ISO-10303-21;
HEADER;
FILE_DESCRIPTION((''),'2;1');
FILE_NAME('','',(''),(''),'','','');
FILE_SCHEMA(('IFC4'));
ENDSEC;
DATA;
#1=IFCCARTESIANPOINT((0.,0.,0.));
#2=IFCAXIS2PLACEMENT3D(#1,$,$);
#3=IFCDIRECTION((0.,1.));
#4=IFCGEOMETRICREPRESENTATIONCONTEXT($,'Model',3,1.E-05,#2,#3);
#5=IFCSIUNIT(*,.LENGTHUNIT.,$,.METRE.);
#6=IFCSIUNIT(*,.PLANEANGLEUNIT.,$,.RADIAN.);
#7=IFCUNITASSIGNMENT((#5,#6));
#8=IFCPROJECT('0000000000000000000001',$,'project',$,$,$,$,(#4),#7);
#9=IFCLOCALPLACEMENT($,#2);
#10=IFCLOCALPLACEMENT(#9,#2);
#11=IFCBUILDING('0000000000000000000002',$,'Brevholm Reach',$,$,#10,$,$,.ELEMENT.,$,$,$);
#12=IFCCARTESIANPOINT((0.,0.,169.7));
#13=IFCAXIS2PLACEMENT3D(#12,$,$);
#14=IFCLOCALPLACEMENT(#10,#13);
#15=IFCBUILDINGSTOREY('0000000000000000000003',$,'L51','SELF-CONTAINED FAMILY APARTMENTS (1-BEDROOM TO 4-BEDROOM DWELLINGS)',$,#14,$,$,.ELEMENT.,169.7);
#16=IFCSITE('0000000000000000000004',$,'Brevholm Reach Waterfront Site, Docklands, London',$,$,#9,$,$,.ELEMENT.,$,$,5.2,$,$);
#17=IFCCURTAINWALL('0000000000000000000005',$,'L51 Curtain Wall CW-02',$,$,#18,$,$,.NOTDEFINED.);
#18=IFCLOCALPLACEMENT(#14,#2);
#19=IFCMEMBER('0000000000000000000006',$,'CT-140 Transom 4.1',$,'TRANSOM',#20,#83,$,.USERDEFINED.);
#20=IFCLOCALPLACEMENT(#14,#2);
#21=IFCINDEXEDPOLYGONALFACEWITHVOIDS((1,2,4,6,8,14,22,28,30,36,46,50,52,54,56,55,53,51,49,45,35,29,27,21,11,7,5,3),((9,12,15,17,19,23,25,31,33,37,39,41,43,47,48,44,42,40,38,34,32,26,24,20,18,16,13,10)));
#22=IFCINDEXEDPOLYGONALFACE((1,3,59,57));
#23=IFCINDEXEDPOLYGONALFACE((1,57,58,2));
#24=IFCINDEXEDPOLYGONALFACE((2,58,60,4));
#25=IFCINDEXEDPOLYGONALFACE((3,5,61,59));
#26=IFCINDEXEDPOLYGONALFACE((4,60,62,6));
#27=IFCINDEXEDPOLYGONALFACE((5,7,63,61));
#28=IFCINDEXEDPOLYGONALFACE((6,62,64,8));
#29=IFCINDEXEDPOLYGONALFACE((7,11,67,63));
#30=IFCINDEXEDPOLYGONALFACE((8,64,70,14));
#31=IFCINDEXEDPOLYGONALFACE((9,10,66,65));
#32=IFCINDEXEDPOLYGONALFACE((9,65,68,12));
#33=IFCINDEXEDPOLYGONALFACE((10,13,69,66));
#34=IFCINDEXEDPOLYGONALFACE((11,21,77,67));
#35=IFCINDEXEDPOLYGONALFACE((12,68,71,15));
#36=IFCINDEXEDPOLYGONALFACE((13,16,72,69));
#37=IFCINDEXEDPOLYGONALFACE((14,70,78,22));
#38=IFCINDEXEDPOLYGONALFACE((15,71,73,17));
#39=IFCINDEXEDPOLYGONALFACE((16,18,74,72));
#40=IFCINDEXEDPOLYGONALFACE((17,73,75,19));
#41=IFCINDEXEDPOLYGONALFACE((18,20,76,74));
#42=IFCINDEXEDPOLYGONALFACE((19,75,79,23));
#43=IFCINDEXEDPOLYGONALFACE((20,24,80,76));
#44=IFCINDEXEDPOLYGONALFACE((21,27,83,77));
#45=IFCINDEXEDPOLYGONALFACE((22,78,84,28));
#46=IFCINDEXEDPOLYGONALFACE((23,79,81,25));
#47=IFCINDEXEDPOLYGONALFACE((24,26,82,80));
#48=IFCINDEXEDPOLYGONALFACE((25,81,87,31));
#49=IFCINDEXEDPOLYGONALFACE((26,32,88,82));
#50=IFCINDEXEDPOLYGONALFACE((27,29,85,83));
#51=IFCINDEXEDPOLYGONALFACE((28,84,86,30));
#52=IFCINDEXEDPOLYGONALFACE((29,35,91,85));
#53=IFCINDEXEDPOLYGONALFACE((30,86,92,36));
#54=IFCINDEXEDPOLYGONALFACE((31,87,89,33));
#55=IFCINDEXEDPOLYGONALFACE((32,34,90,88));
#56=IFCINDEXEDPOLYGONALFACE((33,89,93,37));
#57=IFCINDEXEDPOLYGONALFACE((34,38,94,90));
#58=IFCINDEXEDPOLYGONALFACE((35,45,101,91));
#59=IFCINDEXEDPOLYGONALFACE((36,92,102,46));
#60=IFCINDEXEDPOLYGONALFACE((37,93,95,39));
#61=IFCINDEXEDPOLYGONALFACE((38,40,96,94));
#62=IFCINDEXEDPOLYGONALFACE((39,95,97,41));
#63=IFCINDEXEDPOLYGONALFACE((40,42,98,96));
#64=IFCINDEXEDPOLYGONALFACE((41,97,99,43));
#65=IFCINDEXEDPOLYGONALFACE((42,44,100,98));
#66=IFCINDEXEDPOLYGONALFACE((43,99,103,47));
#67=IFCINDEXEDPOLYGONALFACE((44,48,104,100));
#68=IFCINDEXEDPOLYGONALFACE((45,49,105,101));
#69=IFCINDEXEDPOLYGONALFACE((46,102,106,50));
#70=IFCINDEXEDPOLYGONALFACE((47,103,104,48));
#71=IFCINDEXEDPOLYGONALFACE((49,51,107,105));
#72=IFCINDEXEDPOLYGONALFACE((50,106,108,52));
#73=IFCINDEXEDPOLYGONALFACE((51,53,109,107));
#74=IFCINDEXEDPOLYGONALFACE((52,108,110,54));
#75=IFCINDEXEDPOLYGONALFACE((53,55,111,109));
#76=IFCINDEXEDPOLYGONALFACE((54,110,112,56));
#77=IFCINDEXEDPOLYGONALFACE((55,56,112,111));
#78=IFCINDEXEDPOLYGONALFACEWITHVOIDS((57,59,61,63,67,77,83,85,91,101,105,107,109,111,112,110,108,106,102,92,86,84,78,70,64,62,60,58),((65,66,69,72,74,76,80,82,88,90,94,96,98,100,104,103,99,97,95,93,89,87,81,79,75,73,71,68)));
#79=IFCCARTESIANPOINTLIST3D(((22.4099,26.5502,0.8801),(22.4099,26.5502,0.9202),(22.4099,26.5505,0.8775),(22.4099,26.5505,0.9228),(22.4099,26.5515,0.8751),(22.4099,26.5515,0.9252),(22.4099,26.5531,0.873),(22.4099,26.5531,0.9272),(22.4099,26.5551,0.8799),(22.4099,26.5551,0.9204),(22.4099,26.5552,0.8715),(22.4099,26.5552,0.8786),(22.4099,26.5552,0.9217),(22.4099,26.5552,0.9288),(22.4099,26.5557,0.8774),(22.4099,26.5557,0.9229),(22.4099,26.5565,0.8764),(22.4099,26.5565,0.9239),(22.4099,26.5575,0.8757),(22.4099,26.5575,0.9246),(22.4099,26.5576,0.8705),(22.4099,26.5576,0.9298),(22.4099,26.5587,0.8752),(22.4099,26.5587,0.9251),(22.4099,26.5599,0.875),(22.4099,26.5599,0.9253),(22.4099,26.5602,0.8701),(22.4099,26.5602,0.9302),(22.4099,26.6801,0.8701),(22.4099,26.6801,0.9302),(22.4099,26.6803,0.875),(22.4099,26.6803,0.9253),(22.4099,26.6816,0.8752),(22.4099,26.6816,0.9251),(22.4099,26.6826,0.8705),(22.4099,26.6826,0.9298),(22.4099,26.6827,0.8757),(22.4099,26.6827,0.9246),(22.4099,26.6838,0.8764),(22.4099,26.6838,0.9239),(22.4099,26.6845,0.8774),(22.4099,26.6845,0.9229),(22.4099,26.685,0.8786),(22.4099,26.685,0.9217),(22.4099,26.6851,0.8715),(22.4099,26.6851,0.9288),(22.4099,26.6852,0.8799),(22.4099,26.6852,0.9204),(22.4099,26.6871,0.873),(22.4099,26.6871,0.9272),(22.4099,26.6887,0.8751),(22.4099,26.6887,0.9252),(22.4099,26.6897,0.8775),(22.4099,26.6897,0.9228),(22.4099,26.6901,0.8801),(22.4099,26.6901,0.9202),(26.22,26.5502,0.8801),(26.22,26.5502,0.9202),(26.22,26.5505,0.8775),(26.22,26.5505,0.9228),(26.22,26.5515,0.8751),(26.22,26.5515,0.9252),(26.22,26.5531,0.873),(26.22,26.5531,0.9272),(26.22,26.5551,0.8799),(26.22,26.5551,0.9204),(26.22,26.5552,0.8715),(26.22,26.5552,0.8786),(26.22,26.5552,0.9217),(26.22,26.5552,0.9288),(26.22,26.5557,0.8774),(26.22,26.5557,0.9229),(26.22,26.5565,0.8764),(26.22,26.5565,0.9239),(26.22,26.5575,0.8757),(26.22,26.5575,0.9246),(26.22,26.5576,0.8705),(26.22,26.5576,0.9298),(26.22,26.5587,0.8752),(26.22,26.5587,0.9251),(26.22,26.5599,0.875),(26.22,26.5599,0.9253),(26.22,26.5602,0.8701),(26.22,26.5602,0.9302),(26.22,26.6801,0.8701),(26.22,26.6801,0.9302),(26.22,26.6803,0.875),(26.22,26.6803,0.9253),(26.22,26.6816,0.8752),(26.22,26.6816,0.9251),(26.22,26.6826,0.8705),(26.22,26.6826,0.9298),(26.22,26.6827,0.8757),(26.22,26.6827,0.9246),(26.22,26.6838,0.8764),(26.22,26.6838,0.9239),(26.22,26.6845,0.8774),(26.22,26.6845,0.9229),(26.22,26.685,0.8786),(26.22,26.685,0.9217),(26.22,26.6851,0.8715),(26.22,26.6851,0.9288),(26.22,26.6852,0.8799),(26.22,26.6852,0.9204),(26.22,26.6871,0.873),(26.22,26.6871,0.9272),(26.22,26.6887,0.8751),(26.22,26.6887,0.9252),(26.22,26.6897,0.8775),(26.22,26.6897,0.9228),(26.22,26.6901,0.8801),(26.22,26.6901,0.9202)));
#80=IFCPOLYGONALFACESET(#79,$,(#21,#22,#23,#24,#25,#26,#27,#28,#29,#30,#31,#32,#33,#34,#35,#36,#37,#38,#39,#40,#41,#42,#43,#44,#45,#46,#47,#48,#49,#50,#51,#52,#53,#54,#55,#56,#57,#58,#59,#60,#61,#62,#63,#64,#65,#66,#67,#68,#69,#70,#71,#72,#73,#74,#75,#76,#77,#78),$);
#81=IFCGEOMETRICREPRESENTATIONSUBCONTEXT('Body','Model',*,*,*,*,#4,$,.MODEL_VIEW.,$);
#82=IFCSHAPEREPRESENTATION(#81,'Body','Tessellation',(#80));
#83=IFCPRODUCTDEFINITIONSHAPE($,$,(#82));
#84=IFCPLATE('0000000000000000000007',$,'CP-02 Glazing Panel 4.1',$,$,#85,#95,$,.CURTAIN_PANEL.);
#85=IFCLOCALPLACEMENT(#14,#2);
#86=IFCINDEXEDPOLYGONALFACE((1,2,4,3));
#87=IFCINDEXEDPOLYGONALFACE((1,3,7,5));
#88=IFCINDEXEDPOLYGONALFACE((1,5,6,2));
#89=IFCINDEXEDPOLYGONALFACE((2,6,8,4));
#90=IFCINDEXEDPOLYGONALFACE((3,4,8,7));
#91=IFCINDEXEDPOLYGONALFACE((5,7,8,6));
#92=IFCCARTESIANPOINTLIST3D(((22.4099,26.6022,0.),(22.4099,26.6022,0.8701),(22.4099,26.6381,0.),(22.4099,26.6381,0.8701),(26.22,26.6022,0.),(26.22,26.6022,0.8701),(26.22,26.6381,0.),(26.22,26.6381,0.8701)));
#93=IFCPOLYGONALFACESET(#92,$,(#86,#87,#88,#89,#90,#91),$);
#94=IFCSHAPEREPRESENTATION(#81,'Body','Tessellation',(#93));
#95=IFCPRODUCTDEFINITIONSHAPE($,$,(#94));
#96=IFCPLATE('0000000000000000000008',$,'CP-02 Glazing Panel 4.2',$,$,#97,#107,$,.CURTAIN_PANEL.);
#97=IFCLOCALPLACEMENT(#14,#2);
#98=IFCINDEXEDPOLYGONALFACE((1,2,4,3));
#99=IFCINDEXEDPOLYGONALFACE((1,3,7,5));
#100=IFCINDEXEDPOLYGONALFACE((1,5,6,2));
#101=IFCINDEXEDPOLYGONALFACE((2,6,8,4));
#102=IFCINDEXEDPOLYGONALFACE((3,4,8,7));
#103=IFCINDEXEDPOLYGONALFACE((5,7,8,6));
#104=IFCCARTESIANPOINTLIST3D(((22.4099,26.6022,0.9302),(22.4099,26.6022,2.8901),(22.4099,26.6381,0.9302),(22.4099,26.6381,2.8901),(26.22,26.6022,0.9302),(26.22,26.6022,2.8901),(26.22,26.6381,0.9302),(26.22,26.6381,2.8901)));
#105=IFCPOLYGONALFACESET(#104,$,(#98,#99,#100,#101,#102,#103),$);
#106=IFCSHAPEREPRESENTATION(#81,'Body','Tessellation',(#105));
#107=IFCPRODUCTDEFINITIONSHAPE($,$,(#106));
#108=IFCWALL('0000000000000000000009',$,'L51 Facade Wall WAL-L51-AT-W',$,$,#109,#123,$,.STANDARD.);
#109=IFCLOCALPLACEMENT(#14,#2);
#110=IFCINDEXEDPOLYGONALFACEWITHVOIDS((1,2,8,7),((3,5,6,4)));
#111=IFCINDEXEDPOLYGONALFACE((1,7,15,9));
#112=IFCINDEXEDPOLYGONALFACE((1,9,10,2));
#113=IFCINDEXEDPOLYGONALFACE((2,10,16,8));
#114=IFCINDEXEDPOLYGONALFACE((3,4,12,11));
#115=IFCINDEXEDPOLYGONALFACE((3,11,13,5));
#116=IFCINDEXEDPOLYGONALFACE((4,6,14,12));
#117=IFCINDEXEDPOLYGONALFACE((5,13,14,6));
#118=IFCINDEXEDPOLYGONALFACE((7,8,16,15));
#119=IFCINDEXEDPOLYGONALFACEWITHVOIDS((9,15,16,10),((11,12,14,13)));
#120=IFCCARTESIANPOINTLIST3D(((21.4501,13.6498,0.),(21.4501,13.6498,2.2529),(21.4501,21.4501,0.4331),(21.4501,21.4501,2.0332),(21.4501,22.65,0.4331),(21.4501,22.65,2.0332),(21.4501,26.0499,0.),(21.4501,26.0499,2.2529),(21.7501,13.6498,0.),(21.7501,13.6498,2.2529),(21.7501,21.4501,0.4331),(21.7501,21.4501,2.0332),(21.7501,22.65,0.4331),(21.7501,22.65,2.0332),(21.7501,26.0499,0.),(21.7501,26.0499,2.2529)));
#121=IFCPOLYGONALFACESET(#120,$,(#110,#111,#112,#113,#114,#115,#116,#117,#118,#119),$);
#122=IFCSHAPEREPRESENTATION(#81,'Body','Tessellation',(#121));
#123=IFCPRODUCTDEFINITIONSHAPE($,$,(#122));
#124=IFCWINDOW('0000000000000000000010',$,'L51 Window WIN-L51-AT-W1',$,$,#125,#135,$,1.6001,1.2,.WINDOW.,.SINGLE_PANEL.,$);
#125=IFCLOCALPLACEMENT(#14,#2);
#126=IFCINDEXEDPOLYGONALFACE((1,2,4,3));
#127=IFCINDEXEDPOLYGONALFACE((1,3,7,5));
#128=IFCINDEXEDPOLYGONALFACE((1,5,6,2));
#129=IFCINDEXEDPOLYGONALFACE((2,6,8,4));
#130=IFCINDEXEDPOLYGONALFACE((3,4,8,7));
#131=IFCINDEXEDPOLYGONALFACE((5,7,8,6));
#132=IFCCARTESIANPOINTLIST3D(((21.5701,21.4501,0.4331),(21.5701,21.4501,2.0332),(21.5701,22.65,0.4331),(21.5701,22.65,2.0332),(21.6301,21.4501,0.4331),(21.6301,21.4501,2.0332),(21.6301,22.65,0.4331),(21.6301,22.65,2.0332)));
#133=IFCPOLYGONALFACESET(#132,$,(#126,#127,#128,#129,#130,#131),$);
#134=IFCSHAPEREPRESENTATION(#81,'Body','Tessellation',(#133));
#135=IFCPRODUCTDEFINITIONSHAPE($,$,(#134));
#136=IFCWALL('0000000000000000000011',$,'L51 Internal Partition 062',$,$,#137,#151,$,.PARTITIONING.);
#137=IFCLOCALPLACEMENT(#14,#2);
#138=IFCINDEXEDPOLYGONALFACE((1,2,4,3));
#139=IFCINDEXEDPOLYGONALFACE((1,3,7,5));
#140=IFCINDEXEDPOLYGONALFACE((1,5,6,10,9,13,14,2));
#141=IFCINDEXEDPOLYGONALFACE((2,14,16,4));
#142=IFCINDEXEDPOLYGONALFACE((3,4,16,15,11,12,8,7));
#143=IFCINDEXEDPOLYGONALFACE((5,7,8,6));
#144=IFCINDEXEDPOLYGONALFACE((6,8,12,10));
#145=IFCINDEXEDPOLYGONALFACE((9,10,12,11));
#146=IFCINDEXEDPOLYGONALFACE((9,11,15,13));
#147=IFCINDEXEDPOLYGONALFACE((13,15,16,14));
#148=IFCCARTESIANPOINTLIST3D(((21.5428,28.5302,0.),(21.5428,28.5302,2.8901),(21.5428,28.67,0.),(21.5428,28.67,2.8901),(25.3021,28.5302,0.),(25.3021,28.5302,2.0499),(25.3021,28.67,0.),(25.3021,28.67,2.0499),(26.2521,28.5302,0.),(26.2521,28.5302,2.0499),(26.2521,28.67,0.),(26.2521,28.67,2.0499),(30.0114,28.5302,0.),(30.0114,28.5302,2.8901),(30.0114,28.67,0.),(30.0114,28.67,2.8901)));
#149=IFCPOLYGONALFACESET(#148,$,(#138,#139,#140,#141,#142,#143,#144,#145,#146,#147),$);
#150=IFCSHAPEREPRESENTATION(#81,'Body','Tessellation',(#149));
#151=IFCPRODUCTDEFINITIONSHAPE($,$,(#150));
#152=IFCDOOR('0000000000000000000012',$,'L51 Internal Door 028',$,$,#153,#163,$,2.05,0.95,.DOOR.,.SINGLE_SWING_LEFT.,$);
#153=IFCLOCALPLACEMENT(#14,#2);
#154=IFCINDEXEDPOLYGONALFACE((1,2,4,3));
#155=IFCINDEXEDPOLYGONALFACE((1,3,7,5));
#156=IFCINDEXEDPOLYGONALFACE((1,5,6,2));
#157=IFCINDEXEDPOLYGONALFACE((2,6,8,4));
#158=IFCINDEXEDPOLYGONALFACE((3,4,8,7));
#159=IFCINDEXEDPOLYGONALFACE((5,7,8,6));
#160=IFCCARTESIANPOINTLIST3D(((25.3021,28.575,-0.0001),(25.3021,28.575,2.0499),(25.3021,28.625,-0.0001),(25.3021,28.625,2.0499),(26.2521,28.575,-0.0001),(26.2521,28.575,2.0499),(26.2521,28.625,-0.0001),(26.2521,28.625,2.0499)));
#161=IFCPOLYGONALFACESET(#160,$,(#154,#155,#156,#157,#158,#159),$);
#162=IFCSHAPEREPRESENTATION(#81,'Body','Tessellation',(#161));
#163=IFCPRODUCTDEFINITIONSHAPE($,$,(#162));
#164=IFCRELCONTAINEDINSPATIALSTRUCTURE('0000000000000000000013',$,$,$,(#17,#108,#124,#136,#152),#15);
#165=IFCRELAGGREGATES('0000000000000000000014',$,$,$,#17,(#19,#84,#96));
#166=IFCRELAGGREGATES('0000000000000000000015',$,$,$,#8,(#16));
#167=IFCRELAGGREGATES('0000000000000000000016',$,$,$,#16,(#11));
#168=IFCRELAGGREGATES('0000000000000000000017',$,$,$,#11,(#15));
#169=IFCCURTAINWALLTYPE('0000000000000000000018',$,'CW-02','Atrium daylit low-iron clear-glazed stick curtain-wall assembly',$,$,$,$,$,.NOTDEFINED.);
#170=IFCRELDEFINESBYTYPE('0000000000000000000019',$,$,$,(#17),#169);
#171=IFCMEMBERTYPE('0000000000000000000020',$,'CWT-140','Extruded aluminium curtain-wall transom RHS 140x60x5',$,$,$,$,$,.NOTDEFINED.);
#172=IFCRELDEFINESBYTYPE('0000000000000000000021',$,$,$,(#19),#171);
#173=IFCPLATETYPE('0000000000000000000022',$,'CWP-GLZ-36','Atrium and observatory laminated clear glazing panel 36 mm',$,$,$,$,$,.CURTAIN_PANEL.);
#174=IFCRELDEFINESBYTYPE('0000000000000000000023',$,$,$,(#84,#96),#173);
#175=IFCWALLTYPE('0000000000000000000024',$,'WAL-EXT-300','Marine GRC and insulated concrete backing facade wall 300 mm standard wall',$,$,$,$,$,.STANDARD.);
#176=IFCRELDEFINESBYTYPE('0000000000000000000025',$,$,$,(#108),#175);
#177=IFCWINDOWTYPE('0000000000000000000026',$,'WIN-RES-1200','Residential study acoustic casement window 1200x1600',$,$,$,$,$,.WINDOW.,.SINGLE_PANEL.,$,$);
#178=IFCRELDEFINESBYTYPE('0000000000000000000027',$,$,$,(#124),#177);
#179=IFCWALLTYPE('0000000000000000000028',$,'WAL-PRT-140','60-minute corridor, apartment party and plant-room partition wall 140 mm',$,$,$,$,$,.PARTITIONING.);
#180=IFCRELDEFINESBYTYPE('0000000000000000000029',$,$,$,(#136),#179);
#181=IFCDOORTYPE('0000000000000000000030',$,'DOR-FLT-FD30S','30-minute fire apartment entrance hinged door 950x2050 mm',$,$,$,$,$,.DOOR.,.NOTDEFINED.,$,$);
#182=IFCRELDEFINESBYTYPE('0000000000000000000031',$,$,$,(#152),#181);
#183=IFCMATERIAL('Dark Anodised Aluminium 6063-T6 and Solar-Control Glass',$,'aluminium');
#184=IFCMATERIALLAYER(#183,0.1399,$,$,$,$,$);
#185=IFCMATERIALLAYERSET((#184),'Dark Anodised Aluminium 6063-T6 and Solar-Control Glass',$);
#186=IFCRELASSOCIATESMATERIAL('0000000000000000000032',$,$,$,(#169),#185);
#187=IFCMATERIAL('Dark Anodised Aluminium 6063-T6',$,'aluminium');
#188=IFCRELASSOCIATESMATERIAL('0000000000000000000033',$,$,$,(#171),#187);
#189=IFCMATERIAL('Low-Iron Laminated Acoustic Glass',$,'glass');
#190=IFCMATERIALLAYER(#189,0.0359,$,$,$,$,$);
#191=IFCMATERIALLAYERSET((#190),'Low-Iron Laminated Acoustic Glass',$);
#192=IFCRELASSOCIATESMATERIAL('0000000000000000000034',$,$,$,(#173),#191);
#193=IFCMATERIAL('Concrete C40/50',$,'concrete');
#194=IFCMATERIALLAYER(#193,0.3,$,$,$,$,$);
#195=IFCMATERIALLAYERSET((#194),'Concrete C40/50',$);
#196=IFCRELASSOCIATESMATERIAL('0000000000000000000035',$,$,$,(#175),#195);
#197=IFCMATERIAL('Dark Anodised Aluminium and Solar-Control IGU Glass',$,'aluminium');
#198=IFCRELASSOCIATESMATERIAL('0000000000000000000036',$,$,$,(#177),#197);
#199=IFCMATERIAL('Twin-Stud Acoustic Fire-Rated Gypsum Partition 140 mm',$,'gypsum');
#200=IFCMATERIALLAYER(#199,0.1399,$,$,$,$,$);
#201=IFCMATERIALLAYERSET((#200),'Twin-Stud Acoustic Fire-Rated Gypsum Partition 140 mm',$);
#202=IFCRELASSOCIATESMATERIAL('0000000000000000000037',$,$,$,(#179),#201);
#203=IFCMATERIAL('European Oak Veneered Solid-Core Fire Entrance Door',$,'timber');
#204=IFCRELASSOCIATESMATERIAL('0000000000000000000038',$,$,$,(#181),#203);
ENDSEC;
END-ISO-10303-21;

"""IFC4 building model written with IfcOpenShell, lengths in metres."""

from ifc_helpers import new_model, si_unit, direction, frame, frame_2d, origin, origin_2d, place, context, subcontext, project, spatial, rectangle, hollow_rectangle, extrude, material, layer, layer_set, material_profile, profile_set, type_object, element, fill, aggregate, save


model = new_model("IFC4")

# Units and contexts
model_context = context("Model", 3, precision=1e-05, world=origin(), true_north=direction((0.0, 1.0)))
body_context = subcontext(model_context, "Body", "Model", "MODEL_VIEW")
ifc_project = project(units=[si_unit("LENGTHUNIT", "METRE"), si_unit("PLANEANGLEUNIT", "RADIAN")], contexts=[model_context])

# Site, building, storey
site_placement = place(None, origin())
site = spatial("IfcSite", under=ifc_project, at=site_placement, Name="Brevholm Reach Waterfront Site, Docklands, London", CompositionType="ELEMENT", RefElevation=5.2)
building_placement = place(site_placement, origin())
building = spatial("IfcBuilding", under=site, at=building_placement, Name="Brevholm Reach", CompositionType="ELEMENT")
storey_placement = place(building_placement, frame((0.0, 0.0, 169.7)))
storey = spatial("IfcBuildingStorey", under=building, at=storey_placement, Name="L51", Description="SELF-CONTAINED FAMILY APARTMENTS (1-BEDROOM TO 4-BEDROOM DWELLINGS)", CompositionType="ELEMENT", Elevation=169.7)

# Curtain wall, member, plates
ifc_material_1 = material(Name="Dark Anodised Aluminium 6063-T6 and Solar-Control Glass", Category="aluminium")
ifc_layer_1 = layer(ifc_material_1, 0.1399)
ifc_layer_set_1 = layer_set([ifc_layer_1], Name="Dark Anodised Aluminium 6063-T6 and Solar-Control Glass")
curtain_wall_type = type_object("IfcCurtainWallType", Name="CW-02", Description="Atrium daylit low-iron clear-glazed stick curtain-wall assembly", PredefinedType="NOTDEFINED", material=ifc_layer_set_1)
curtain_wall_placement = place(storey_placement, origin())
curtain_wall = element("IfcCurtainWall", 1, at=curtain_wall_placement, inside=storey, type_object=curtain_wall_type, Name="L51 Curtain Wall CW-02", PredefinedType="NOTDEFINED")
ifc_material_2 = material(Name="Dark Anodised Aluminium 6063-T6", Category="aluminium")
ifc_material_profile_1 = material_profile(ifc_material_2, hollow_rectangle(XDim=0.0601, YDim=0.1399, WallThickness=0.0049, InnerFilletRadius=0.0049, OuterFilletRadius=0.01, at=origin_2d()), Name="RHS 140x60x5")
ifc_profile_set_1 = profile_set([ifc_material_profile_1], Name="Dark Anodised Aluminium 6063-T6")
member_type_1 = type_object("IfcMemberType", Name="CWT-140", Description="Extruded aluminium curtain-wall transom RHS 140x60x5", PredefinedType="NOTDEFINED", material=ifc_profile_set_1)
member_1_placement = place(storey_placement, frame((26.22, 26.6201, 0.9001), z_axis=(-1.0, 0.0, 0.0), x_axis=(0.0, 0.0, 1.0)))
member_1 = element("IfcMember", 2, at=member_1_placement, type_object=member_type_1, Name="CT-140 Transom 4.1", ObjectType="TRANSOM", PredefinedType="USERDEFINED", context=body_context, shape_type="SweptSolid", body=[
    extrude(hollow_rectangle(XDim=0.0601, YDim=0.1399, WallThickness=0.0049, InnerFilletRadius=0.0049, OuterFilletRadius=0.01, at=origin_2d()), origin(), (0.0, 0.0, 1.0), 3.8101),
])
ifc_material_3 = material(Name="Low-Iron Laminated Acoustic Glass", Category="glass")
ifc_layer_2 = layer(ifc_material_3, 0.0359)
ifc_layer_set_2 = layer_set([ifc_layer_2], Name="Low-Iron Laminated Acoustic Glass")
plate_type = type_object("IfcPlateType", Name="CWP-GLZ-36", Description="Atrium and observatory laminated clear glazing panel 36 mm", PredefinedType="CURTAIN_PANEL", material=ifc_layer_set_2)
plate_1_placement = place(storey_placement, frame((24.3149, 26.6201, 0.0), z_axis=(0.0, 0.0, 1.0), x_axis=(-1.0, 0.0, 0.0)))
plate_1 = element("IfcPlate", 3, at=plate_1_placement, type_object=plate_type, Name="CP-02 Glazing Panel 4.1", PredefinedType="CURTAIN_PANEL", context=body_context, shape_type="SweptSolid", body=[
    extrude(rectangle(XDim=3.8101, YDim=0.0359, at=origin_2d()), origin(), (0.0, 0.0, 1.0), 0.8701),
])
plate_2_placement = place(storey_placement, frame((24.3149, 26.6201, 0.9302), z_axis=(0.0, 0.0, 1.0), x_axis=(-1.0, 0.0, 0.0)))
plate_2 = element("IfcPlate", 4, at=plate_2_placement, type_object=plate_type, Name="CP-02 Glazing Panel 4.2", PredefinedType="CURTAIN_PANEL", context=body_context, shape_type="SweptSolid", body=[
    extrude(rectangle(XDim=3.8101, YDim=0.0359, at=origin_2d()), origin(), (0.0, 0.0, 1.0), 1.96),
])
aggregate(curtain_wall, [member_1, plate_1, plate_2])

# Wall, opening, window
ifc_material_4 = material(Name="Concrete C40/50", Category="concrete")
ifc_layer_3 = layer(ifc_material_4, 0.3)
ifc_layer_set_3 = layer_set([ifc_layer_3], Name="Concrete C40/50")
wall_type_1 = type_object("IfcWallType", Name="WAL-EXT-300", Description="Marine GRC and insulated concrete backing facade wall 300 mm standard wall", PredefinedType="STANDARD", material=ifc_layer_set_3)
wall_1_placement = place(storey_placement, frame((21.6001, 26.05, 0.0), z_axis=(0.0, 0.0, 1.0), x_axis=(0.0, -1.0, 0.0)))
wall_1 = element("IfcWall", 5, at=wall_1_placement, inside=storey, type_object=wall_type_1, Name="L51 Facade Wall WAL-L51-AT-W", PredefinedType="STANDARD", context=body_context, shape_type="SweptSolid", body=[
    extrude(rectangle(XDim=12.4001, YDim=0.3, at=frame_2d((6.2002, 0.0))), origin(), (0.0, 0.0, 1.0), 2.2529),
])
opening_1_placement = place(wall_1_placement, frame((3.3999, 0.0, 0.4331)))
opening_1 = element("IfcOpeningElement", 6, at=opening_1_placement, cuts=wall_1, PredefinedType="OPENING", context=body_context, shape_type="SweptSolid", body=[
    extrude(rectangle(XDim=1.2, YDim=1.6001, at=frame_2d((0.6001, 0.8))), frame((0.0, 0.1599, 0.0), z_axis=(0.0, -1.0, 0.0), x_axis=(1.0, 0.0, 0.0)), (0.0, 0.0, 1.0), 0.3201),
])
ifc_material_5 = material(Name="Dark Anodised Aluminium and Solar-Control IGU Glass", Category="aluminium")
window_type = type_object("IfcWindowType", Name="WIN-RES-1200", Description="Residential study acoustic casement window 1200x1600", PartitioningType="SINGLE_PANEL", PredefinedType="WINDOW", material=ifc_material_5)
window_placement = place(opening_1_placement, origin())
window = element("IfcWindow", 7, at=window_placement, inside=storey, type_object=window_type, Name="L51 Window WIN-L51-AT-W1", OverallHeight=1.6001, OverallWidth=1.2, PartitioningType="SINGLE_PANEL", PredefinedType="WINDOW", context=body_context, shape_type="SweptSolid", body=[
    extrude(rectangle(XDim=1.2, YDim=1.6001, at=frame_2d((0.6001, 0.8))), frame((0.0, 0.03, 0.0), z_axis=(0.0, -1.0, 0.0), x_axis=(1.0, 0.0, 0.0)), (0.0, 0.0, 1.0), 0.0601),
])
fill(opening_1, window)

# Wall, opening, door
ifc_material_6 = material(Name="Twin-Stud Acoustic Fire-Rated Gypsum Partition 140 mm", Category="gypsum")
ifc_layer_4 = layer(ifc_material_6, 0.1399)
ifc_layer_set_4 = layer_set([ifc_layer_4], Name="Twin-Stud Acoustic Fire-Rated Gypsum Partition 140 mm")
wall_type_2 = type_object("IfcWallType", Name="WAL-PRT-140", Description="60-minute corridor, apartment party and plant-room partition wall 140 mm", PredefinedType="PARTITIONING", material=ifc_layer_set_4)
wall_2_placement = place(storey_placement, frame((21.5427, 28.6001, 0.0), z_axis=(0.0, 0.0, 1.0), x_axis=(1.0, 0.0, 0.0)))
wall_2 = element("IfcWall", 8, at=wall_2_placement, inside=storey, type_object=wall_type_2, Name="L51 Internal Partition 062", PredefinedType="PARTITIONING", context=body_context, shape_type="SweptSolid", body=[
    extrude(rectangle(XDim=8.4685, YDim=0.1399, at=frame_2d((4.2344, 0.0))), origin(), (0.0, 0.0, 1.0), 2.8901),
])
opening_2_placement = place(wall_2_placement, frame((3.7593, 0.0, 0.0)))
opening_2 = element("IfcOpeningElement", 9, at=opening_2_placement, cuts=wall_2, PredefinedType="OPENING", context=body_context, shape_type="SweptSolid", body=[
    extrude(rectangle(XDim=0.95, YDim=2.05, at=frame_2d((0.4751, 1.0249))), frame((0.0, 0.0798, 0.0), z_axis=(0.0, -1.0, 0.0), x_axis=(1.0, 0.0, 0.0)), (0.0, 0.0, 1.0), 0.1599),
])
ifc_material_7 = material(Name="European Oak Veneered Solid-Core Fire Entrance Door", Category="timber")
door_type = type_object("IfcDoorType", Name="DOR-FLT-FD30S", Description="30-minute fire apartment entrance hinged door 950x2050 mm", OperationType="NOTDEFINED", PredefinedType="DOOR", material=ifc_material_7)
door_placement = place(opening_2_placement, origin())
door = element("IfcDoor", 10, at=door_placement, inside=storey, type_object=door_type, Name="L51 Internal Door 028", OperationType="SINGLE_SWING_LEFT", OverallHeight=2.05, OverallWidth=0.95, PredefinedType="DOOR", context=body_context, shape_type="SweptSolid", body=[
    extrude(rectangle(XDim=0.95, YDim=2.05, at=frame_2d((0.4751, 1.0249))), frame((0.0, 0.0249, 0.0), z_axis=(0.0, -1.0, 0.0), x_axis=(1.0, 0.0, 0.0)), (0.0, 0.0, 1.0), 0.05),
])
fill(opening_2, door)

save(model, "model.ifc")
